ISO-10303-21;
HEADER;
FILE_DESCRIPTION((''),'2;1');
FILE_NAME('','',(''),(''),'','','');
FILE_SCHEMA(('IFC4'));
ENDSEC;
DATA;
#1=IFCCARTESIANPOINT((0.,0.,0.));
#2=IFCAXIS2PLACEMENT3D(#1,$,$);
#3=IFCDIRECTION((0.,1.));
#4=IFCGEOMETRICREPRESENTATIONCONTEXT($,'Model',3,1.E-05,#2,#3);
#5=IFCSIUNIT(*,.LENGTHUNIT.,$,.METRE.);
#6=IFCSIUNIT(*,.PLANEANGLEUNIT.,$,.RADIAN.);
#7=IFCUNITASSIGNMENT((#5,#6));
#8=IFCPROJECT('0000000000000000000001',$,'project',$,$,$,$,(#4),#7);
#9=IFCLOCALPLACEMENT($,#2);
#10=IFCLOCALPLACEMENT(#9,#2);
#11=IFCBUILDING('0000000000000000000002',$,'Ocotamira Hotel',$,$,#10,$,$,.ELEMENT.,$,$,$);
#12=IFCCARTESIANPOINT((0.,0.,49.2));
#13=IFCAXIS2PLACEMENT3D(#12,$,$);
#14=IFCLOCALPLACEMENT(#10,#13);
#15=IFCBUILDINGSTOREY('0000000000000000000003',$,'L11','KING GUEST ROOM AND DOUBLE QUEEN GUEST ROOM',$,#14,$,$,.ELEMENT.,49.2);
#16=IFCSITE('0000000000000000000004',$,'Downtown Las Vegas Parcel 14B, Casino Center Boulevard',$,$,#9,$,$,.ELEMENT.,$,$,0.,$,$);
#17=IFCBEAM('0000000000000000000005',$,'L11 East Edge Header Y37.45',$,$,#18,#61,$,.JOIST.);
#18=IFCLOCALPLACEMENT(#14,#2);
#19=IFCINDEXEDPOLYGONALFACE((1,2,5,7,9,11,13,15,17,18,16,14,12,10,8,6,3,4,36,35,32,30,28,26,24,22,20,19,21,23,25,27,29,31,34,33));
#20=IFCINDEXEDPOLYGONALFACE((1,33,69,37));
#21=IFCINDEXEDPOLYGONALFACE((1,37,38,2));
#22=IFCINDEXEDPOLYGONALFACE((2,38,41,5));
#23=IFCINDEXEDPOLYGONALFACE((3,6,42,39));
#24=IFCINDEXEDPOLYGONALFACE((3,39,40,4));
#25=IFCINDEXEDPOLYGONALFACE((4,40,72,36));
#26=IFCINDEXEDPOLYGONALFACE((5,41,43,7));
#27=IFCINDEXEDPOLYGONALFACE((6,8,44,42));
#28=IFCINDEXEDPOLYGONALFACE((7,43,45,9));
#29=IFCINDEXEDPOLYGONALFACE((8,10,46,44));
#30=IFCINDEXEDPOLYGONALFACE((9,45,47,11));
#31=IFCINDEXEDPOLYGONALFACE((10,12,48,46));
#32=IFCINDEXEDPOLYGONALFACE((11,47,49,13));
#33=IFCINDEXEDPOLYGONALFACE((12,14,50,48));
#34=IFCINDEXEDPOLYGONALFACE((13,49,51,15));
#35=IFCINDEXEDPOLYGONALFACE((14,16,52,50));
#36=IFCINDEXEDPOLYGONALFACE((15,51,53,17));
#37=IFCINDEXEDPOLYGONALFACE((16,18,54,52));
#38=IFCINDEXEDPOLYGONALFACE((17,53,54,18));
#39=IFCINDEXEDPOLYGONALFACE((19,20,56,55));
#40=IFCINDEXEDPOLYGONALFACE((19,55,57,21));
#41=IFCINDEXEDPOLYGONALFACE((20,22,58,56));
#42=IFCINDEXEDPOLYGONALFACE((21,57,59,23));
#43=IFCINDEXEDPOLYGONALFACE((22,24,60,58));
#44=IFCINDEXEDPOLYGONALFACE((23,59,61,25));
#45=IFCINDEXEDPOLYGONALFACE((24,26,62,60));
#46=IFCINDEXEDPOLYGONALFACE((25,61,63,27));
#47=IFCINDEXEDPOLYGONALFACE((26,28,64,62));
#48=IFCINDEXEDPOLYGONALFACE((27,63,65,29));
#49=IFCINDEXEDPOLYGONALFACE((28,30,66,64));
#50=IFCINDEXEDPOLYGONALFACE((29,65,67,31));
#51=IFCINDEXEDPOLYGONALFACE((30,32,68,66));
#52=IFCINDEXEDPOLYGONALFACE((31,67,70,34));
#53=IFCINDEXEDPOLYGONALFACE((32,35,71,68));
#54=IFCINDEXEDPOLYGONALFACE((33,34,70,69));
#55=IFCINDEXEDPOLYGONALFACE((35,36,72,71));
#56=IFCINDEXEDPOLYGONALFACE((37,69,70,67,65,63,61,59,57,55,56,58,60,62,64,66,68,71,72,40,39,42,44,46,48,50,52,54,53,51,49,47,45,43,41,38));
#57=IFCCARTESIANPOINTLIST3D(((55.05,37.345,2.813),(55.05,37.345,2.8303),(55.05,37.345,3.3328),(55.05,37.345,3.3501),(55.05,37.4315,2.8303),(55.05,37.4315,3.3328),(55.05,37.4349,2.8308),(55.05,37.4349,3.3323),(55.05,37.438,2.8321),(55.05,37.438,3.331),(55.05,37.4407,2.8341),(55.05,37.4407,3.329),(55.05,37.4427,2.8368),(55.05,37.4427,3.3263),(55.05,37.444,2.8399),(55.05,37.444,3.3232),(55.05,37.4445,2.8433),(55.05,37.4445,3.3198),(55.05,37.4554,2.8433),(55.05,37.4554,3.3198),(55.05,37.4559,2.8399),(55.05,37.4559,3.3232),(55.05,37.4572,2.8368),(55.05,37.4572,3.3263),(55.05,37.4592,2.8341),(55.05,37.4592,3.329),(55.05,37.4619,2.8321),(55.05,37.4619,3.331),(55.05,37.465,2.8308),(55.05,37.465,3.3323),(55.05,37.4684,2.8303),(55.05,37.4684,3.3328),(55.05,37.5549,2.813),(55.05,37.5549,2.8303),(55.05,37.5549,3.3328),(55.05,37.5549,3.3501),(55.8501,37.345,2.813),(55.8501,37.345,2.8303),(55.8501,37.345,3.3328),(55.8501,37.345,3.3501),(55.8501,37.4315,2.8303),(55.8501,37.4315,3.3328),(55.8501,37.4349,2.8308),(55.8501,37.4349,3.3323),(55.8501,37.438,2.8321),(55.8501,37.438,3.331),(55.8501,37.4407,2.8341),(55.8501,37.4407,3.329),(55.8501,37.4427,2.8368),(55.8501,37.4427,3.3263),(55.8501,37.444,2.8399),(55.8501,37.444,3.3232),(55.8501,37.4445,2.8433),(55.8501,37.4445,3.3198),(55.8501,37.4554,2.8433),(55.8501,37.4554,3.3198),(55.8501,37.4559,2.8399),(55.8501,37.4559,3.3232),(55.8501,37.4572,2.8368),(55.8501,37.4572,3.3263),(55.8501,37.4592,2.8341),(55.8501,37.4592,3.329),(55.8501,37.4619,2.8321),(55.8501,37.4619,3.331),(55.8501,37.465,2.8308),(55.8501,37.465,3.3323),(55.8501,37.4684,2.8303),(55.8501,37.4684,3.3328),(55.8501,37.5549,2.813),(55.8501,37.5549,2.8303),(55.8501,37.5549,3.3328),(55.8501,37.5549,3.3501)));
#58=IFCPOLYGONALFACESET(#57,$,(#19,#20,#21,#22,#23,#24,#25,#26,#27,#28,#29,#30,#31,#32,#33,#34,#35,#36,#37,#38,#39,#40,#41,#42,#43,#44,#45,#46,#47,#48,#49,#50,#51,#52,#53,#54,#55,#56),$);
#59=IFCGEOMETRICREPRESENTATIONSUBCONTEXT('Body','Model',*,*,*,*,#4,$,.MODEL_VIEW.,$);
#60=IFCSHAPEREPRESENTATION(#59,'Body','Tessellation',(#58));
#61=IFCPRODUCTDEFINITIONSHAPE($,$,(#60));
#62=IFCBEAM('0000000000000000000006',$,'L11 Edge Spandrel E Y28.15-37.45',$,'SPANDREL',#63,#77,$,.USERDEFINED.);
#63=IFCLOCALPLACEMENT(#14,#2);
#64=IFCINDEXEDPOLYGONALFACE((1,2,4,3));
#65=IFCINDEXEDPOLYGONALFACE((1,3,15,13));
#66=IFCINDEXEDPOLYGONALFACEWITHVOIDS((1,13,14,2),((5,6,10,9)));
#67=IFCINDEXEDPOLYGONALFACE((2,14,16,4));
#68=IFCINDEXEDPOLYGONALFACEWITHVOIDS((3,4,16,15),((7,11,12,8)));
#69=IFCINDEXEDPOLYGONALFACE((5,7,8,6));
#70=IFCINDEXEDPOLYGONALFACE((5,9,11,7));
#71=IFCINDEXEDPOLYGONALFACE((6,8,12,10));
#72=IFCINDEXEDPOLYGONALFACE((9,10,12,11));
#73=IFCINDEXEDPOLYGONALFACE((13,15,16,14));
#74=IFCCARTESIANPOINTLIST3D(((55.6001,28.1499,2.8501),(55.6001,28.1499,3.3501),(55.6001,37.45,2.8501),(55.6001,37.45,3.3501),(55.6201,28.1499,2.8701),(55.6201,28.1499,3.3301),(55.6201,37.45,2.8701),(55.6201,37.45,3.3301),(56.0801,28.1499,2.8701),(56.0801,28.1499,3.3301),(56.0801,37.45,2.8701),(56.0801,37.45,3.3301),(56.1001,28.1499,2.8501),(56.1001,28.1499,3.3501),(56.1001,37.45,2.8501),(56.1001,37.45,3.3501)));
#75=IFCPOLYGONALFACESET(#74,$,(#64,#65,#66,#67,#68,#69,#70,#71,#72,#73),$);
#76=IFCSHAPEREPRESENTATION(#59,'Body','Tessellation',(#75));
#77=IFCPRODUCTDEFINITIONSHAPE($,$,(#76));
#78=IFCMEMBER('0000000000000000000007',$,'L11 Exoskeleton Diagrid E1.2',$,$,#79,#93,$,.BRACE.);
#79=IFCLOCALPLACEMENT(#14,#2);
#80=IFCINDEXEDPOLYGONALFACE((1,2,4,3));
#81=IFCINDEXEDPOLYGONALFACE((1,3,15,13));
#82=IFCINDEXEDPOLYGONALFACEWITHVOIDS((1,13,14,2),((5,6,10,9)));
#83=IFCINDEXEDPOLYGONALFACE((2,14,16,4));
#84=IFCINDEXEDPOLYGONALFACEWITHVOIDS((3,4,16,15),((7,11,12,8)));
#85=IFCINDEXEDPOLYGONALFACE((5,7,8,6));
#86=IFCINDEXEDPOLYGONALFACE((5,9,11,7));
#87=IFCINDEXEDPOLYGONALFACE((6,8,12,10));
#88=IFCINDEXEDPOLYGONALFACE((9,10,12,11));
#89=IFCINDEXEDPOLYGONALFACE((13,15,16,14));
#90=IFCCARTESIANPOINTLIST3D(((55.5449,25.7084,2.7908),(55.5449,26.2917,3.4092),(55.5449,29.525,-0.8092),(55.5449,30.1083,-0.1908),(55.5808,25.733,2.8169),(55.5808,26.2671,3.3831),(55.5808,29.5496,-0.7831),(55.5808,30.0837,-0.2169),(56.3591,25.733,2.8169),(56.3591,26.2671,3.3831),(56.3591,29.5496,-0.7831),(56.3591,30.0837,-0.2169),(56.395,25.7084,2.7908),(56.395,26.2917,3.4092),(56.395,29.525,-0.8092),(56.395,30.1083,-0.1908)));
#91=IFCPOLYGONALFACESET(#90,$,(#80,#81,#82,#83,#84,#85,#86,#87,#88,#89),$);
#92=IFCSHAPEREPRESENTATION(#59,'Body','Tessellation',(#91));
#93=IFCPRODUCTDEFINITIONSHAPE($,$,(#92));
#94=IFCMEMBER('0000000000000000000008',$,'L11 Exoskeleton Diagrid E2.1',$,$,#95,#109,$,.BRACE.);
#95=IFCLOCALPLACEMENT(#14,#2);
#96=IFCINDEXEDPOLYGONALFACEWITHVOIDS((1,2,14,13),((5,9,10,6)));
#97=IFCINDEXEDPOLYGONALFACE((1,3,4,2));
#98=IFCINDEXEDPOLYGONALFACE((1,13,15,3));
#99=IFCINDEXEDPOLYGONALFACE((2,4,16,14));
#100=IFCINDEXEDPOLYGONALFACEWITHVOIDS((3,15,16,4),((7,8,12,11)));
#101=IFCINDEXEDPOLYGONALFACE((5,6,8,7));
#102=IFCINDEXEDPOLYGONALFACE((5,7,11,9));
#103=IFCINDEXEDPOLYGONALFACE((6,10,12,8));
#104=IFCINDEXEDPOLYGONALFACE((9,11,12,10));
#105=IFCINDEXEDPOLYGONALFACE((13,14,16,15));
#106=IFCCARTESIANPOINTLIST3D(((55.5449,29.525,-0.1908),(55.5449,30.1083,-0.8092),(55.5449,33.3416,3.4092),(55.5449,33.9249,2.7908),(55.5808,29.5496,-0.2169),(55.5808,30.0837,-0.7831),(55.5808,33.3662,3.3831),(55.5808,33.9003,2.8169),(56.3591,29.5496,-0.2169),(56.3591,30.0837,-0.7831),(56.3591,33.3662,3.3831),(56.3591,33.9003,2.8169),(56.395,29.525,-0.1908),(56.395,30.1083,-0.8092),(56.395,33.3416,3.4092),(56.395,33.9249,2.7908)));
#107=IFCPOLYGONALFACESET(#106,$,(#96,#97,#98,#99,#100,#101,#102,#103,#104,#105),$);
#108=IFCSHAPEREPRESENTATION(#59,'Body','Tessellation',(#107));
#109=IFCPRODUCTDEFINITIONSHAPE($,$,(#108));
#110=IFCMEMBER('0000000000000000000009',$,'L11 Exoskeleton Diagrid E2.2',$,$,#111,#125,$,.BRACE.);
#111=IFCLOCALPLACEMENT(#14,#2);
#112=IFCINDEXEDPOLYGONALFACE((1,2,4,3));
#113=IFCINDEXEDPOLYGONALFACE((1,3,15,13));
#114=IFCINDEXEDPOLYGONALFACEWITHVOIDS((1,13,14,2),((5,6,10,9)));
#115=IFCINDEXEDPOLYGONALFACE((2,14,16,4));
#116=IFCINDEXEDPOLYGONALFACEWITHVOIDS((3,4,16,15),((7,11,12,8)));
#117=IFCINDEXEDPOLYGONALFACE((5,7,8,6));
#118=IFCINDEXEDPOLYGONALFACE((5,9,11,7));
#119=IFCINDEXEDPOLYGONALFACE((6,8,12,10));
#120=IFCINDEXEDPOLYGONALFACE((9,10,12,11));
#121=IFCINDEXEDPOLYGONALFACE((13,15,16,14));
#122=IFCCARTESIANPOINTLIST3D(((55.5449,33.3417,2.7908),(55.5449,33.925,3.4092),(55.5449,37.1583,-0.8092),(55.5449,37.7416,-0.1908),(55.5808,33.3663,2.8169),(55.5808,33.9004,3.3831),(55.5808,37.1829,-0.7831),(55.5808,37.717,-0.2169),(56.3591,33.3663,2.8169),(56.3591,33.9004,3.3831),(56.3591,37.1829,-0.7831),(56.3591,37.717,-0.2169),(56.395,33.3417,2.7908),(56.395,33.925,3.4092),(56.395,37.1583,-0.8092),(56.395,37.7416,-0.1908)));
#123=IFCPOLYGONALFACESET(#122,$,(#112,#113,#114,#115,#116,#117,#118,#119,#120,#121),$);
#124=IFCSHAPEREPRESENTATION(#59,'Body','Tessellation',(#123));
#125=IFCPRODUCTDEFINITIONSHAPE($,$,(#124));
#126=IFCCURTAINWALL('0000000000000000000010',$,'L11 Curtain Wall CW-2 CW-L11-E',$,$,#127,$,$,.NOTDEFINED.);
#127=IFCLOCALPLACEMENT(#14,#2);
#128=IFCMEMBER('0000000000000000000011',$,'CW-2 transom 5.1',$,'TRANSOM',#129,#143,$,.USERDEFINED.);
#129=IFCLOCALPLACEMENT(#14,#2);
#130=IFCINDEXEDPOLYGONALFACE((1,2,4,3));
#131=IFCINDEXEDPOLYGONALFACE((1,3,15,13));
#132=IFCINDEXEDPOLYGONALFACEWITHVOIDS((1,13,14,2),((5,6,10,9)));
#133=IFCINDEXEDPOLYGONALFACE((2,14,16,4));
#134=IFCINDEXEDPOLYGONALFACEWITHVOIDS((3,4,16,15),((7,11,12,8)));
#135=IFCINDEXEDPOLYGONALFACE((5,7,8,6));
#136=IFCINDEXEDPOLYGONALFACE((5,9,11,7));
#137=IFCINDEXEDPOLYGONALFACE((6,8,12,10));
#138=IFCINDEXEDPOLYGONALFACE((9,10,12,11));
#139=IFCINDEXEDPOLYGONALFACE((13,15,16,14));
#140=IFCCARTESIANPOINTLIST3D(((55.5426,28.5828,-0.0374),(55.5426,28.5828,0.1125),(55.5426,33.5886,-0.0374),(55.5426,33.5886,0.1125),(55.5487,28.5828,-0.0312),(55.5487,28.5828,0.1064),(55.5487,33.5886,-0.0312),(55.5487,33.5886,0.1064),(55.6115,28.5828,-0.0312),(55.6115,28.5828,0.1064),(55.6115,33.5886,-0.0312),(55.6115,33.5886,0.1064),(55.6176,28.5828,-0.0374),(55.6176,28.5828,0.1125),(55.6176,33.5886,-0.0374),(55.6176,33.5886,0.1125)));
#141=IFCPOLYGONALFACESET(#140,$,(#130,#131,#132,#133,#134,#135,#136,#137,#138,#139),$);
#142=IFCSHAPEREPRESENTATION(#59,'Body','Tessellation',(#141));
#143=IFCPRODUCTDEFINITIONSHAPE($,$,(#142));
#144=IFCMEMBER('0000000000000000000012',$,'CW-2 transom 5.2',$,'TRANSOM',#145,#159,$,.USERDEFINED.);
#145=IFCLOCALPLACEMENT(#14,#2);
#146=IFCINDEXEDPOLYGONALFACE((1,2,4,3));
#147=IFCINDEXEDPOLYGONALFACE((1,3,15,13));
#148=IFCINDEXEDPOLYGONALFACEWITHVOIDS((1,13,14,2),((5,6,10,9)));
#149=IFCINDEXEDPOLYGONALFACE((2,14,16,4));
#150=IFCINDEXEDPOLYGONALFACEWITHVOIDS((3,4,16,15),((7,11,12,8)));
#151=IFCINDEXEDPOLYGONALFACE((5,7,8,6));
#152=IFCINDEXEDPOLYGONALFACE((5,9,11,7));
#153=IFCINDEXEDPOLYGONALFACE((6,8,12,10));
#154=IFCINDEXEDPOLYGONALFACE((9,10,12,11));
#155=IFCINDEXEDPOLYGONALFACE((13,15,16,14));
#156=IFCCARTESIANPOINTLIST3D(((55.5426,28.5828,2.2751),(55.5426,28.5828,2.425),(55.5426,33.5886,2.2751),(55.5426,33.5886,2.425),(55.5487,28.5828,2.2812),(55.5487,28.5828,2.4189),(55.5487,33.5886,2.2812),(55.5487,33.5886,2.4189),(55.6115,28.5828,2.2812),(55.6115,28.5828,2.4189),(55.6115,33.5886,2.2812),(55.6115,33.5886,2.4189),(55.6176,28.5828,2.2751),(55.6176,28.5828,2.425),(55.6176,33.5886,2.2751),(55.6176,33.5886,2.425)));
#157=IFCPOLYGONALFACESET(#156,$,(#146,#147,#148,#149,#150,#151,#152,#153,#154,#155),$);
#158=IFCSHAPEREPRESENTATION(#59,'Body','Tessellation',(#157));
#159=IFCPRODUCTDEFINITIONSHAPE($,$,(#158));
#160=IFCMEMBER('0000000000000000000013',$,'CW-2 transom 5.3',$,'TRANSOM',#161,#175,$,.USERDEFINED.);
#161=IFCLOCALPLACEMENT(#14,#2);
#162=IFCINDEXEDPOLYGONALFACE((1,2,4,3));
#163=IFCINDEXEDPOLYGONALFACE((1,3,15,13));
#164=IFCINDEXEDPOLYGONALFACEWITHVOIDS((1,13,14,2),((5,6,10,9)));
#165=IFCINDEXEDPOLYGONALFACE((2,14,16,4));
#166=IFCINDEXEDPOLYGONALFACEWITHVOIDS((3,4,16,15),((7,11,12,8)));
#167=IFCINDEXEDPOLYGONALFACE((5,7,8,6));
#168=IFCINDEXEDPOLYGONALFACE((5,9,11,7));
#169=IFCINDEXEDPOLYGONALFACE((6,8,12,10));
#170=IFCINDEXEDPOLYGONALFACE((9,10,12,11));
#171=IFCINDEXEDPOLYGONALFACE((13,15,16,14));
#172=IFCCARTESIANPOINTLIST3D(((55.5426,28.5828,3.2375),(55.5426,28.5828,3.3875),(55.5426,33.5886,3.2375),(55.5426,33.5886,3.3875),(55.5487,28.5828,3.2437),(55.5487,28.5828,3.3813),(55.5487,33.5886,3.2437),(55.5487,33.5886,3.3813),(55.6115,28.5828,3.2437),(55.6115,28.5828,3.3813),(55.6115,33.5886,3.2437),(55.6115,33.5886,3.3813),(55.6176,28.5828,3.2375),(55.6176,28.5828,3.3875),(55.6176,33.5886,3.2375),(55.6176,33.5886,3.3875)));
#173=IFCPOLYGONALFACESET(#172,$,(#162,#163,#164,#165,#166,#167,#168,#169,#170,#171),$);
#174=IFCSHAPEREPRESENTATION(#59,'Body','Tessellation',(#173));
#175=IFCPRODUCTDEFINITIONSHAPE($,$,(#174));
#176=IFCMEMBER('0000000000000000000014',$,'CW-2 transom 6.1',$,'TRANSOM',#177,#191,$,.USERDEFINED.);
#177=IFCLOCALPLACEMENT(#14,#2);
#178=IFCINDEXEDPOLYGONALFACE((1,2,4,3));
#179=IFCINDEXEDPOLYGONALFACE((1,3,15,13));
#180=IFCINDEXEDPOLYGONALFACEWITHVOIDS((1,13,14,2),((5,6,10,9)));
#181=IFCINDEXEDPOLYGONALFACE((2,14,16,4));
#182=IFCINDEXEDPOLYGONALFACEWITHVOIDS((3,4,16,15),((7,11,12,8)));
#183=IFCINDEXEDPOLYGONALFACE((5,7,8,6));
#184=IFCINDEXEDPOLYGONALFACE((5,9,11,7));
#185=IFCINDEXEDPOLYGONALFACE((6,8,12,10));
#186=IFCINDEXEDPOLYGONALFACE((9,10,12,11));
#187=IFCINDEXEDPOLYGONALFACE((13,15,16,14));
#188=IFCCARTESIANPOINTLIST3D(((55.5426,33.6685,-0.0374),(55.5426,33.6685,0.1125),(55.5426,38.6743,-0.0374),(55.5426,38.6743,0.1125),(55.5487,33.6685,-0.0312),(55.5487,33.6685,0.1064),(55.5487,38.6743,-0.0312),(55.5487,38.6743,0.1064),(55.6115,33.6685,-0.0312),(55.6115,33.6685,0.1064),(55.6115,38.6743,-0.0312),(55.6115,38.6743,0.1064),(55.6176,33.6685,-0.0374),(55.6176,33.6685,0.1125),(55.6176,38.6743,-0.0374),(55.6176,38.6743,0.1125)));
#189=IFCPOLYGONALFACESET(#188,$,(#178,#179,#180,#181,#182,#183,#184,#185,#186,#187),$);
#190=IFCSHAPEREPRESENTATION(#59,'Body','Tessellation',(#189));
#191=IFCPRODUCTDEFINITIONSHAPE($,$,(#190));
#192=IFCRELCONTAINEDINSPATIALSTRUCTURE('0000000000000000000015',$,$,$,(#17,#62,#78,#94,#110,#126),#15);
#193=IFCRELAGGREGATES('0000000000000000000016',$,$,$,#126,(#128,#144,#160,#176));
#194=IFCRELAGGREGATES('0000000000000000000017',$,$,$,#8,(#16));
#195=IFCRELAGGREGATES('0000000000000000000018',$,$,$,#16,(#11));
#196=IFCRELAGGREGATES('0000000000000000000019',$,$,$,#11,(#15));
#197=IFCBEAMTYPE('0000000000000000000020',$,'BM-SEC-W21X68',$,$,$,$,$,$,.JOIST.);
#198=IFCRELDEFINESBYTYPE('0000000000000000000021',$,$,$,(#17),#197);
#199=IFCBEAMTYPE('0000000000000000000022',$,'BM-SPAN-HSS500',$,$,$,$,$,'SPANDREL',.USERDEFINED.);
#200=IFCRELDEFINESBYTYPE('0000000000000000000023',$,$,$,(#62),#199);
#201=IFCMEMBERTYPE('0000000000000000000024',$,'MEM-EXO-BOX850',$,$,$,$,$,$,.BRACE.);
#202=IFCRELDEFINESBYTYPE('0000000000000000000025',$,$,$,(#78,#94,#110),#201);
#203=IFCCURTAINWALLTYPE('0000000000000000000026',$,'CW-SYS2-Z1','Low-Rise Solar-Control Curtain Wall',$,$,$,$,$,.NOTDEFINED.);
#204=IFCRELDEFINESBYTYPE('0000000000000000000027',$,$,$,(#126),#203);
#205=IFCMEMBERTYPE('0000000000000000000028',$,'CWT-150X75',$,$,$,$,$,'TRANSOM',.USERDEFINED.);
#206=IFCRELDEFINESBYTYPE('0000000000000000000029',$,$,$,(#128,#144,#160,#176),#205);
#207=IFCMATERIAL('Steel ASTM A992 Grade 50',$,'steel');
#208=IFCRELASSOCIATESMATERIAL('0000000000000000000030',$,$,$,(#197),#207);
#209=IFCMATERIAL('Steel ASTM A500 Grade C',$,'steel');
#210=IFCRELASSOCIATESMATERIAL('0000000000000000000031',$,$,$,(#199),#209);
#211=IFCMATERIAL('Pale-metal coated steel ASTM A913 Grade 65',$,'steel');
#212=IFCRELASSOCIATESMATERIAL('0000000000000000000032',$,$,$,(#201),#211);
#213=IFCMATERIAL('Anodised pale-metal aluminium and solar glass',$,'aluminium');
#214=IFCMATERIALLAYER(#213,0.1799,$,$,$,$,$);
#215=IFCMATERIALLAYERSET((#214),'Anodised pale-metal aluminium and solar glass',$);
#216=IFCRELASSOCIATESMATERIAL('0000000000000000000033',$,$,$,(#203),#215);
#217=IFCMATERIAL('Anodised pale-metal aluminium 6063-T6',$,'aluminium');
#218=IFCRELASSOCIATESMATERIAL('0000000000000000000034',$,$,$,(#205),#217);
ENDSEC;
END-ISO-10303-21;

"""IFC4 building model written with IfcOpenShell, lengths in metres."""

from ifc_helpers import new_model, si_unit, direction, frame, origin, origin_2d, place, context, subcontext, project, spatial, hollow_rectangle, i_section, extrude, source, transform, mapped, material, layer, layer_set, material_profile, profile_set, type_object, element, aggregate, save


model = new_model("IFC4")

# Units and contexts
model_context = context("Model", 3, precision=1e-05, world=origin(), true_north=direction((0.0, 1.0)))
body_context = subcontext(model_context, "Body", "Model", "MODEL_VIEW")
ifc_project = project(units=[si_unit("LENGTHUNIT", "METRE"), si_unit("PLANEANGLEUNIT", "RADIAN")], contexts=[model_context])

# Site, building, storey
site_placement = place(None, origin())
site = spatial("IfcSite", under=ifc_project, at=site_placement, Name="Downtown Las Vegas Parcel 14B, Casino Center Boulevard", CompositionType="ELEMENT", RefElevation=0.0)
building_placement = place(site_placement, origin())
building = spatial("IfcBuilding", under=site, at=building_placement, Name="Ocotamira Hotel", CompositionType="ELEMENT")
storey_placement = place(building_placement, frame((0.0, 0.0, 49.2)))
storey = spatial("IfcBuildingStorey", under=building, at=storey_placement, Name="L11", Description="KING GUEST ROOM AND DOUBLE QUEEN GUEST ROOM", CompositionType="ELEMENT", Elevation=49.2)

# Beams
ifc_material_1 = material(Name="Steel ASTM A500 Grade C", Category="steel")
ifc_material_2 = material(Name="Steel ASTM A992 Grade 50", Category="steel")
ifc_material_profile_1 = material_profile(ifc_material_2, i_section(OverallWidth=0.21, OverallDepth=0.5371, WebThickness=0.011, FlangeThickness=0.0173, FilletRadius=0.0129, at=origin_2d()), Name="W21X68")
ifc_profile_set_1 = profile_set([ifc_material_profile_1], Name="Steel ASTM A992 Grade 50")
beam_type_1 = type_object("IfcBeamType", Name="BM-SEC-W21X68", PredefinedType="JOIST", material=ifc_profile_set_1)
shared_shape_1 = source(origin(), body_context, "Body", "SweptSolid", [
    extrude(i_section(OverallWidth=0.21, OverallDepth=0.5371, WebThickness=0.011, FlangeThickness=0.0173, FilletRadius=0.0129, at=origin_2d()), origin(), (0.0, 0.0, 1.0), 0.8),
])
for number, where, z_axis, x_axis, name in (
    (1, (55.05, 37.45, 3.0815), (1.0, 0.0, 0.0), (0.0, 1.0, 0.0), "L11 East Edge Header Y37.45"),
):
    element("IfcBeam", number, at=place(storey_placement, frame(where, z_axis=z_axis, x_axis=x_axis)), inside=storey, type_object=beam_type_1, Name=name, PredefinedType="JOIST", context=body_context, shape_type="MappedRepresentation", body=[
        mapped(shared_shape_1, transform((0.0, 0.0, 0.0), scale=1.0)),
    ])
ifc_material_profile_2 = material_profile(ifc_material_1, hollow_rectangle(XDim=0.5, YDim=0.5, WallThickness=0.02, at=origin_2d()), Name="HSS500X500X20")
ifc_profile_set_2 = profile_set([ifc_material_profile_2], Name="Steel ASTM A500 Grade C")
beam_type_2 = type_object("IfcBeamType", Name="BM-SPAN-HSS500", ElementType="SPANDREL", PredefinedType="USERDEFINED", material=ifc_profile_set_2)
shared_shape_2 = source(origin(), body_context, "Body", "SweptSolid", [
    extrude(hollow_rectangle(XDim=0.5, YDim=0.5, WallThickness=0.02, at=origin_2d()), origin(), (0.0, 0.0, 1.0), 9.3),
])
beam_1_placement = place(storey_placement, frame((55.8501, 28.1499, 3.1001), z_axis=(0.0, 1.0, 0.0), x_axis=(-1.0, 0.0, 0.0)))
element("IfcBeam", 2, at=beam_1_placement, inside=storey, type_object=beam_type_2, Name="L11 Edge Spandrel E Y28.15-37.45", ObjectType="SPANDREL", PredefinedType="USERDEFINED", context=body_context, shape_type="MappedRepresentation", body=[
    mapped(shared_shape_2, transform((0.0, 0.0, 0.0), scale=1.0)),
])

# Members
ifc_material_3 = material(Name="Pale-metal coated steel ASTM A913 Grade 65", Category="steel")
ifc_material_profile_3 = material_profile(ifc_material_3, hollow_rectangle(XDim=0.8501, YDim=0.8501, WallThickness=0.0359, at=origin_2d()), Name="BOX850X850X36")
ifc_profile_set_3 = profile_set([ifc_material_profile_3], Name="Pale-metal coated steel ASTM A913 Grade 65")
member_type_1 = type_object("IfcMemberType", Name="MEM-EXO-BOX850", PredefinedType="BRACE", material=ifc_profile_set_3)
shared_shape_3 = source(origin(), body_context, "Body", "SweptSolid", [
    extrude(hollow_rectangle(XDim=0.8501, YDim=0.8501, WallThickness=0.0359, at=origin_2d()), origin(), (0.0, 0.0, 1.0), 5.2466),
])
for number, where, z_axis, x_axis, name in (
    (3, (55.97, 29.8167, -0.5), (0.0, -0.727443, 0.686168), (1.0, 0.0, 0.0), "L11 Exoskeleton Diagrid E1.2"),
    (4, (55.97, 29.8167, -0.5), (0.0, 0.727443, 0.686168), (-1.0, 0.0, 0.0), "L11 Exoskeleton Diagrid E2.1"),
    (5, (55.97, 37.45, -0.5), (0.0, -0.727443, 0.686168), (1.0, 0.0, 0.0), "L11 Exoskeleton Diagrid E2.2"),
):
    element("IfcMember", number, at=place(storey_placement, frame(where, z_axis=z_axis, x_axis=x_axis)), inside=storey, type_object=member_type_1, Name=name, PredefinedType="BRACE", context=body_context, shape_type="MappedRepresentation", body=[
        mapped(shared_shape_3, transform((0.0, 0.0, 0.0), scale=1.0)),
    ])

# Curtain wall, members
ifc_material_4 = material(Name="Anodised pale-metal aluminium and solar glass", Category="aluminium")
ifc_layer_1 = layer(ifc_material_4, 0.1799)
ifc_layer_set_1 = layer_set([ifc_layer_1], Name="Anodised pale-metal aluminium and solar glass")
curtain_wall_type = type_object("IfcCurtainWallType", Name="CW-SYS2-Z1", Description="Low-Rise Solar-Control Curtain Wall", PredefinedType="NOTDEFINED", material=ifc_layer_set_1)
curtain_wall_placement = place(storey_placement, origin())
curtain_wall = element("IfcCurtainWall", 6, at=curtain_wall_placement, inside=storey, type_object=curtain_wall_type, Name="L11 Curtain Wall CW-2 CW-L11-E", PredefinedType="NOTDEFINED")
ifc_material_5 = material(Name="Anodised pale-metal aluminium 6063-T6", Category="aluminium")
ifc_material_profile_4 = material_profile(ifc_material_5, hollow_rectangle(XDim=0.075, YDim=0.1499, WallThickness=0.0061, at=origin_2d()), Name="HSS150X75X6")
ifc_profile_set_4 = profile_set([ifc_material_profile_4], Name="Anodised pale-metal aluminium 6063-T6")
member_type_2 = type_object("IfcMemberType", Name="CWT-150X75", ElementType="TRANSOM", PredefinedType="USERDEFINED", material=ifc_profile_set_4)
shared_shape_4 = source(origin(), body_context, "Body", "SweptSolid", [
    extrude(hollow_rectangle(XDim=0.075, YDim=0.1499, WallThickness=0.0061, at=origin_2d()), origin(), (0.0, 0.0, 1.0), 5.0059),
])
member_1_placement = place(storey_placement, frame((55.5801, 28.5828, 0.0376), z_axis=(0.0, 1.0, 0.0), x_axis=(-1.0, 0.0, 0.0)))
member_1 = element("IfcMember", 7, at=member_1_placement, type_object=member_type_2, Name="CW-2 transom 5.1", ObjectType="TRANSOM", PredefinedType="USERDEFINED", context=body_context, shape_type="MappedRepresentation", body=[
    mapped(shared_shape_4, transform((0.0, 0.0, 0.0), scale=1.0)),
])
member_2_placement = place(storey_placement, frame((55.5801, 28.5828, 2.3501), z_axis=(0.0, 1.0, 0.0), x_axis=(-1.0, 0.0, 0.0)))
member_2 = element("IfcMember", 8, at=member_2_placement, type_object=member_type_2, Name="CW-2 transom 5.2", ObjectType="TRANSOM", PredefinedType="USERDEFINED", context=body_context, shape_type="MappedRepresentation", body=[
    mapped(shared_shape_4, transform((0.0, 0.0, 0.0), scale=1.0)),
])
member_3_placement = place(storey_placement, frame((55.5801, 28.5828, 3.3125), z_axis=(0.0, 1.0, 0.0), x_axis=(-1.0, 0.0, 0.0)))
member_3 = element("IfcMember", 9, at=member_3_placement, type_object=member_type_2, Name="CW-2 transom 5.3", ObjectType="TRANSOM", PredefinedType="USERDEFINED", context=body_context, shape_type="MappedRepresentation", body=[
    mapped(shared_shape_4, transform((0.0, 0.0, 0.0), scale=1.0)),
])
member_4_placement = place(storey_placement, frame((55.5801, 33.6685, 0.0376), z_axis=(0.0, 1.0, 0.0), x_axis=(-1.0, 0.0, 0.0)))
member_4 = element("IfcMember", 10, at=member_4_placement, type_object=member_type_2, Name="CW-2 transom 6.1", ObjectType="TRANSOM", PredefinedType="USERDEFINED", context=body_context, shape_type="MappedRepresentation", body=[
    mapped(shared_shape_4, transform((0.0, 0.0, 0.0), scale=1.0)),
])

aggregate(curtain_wall, [member_1, member_2, member_3, member_4])

save(model, "model.ifc")
